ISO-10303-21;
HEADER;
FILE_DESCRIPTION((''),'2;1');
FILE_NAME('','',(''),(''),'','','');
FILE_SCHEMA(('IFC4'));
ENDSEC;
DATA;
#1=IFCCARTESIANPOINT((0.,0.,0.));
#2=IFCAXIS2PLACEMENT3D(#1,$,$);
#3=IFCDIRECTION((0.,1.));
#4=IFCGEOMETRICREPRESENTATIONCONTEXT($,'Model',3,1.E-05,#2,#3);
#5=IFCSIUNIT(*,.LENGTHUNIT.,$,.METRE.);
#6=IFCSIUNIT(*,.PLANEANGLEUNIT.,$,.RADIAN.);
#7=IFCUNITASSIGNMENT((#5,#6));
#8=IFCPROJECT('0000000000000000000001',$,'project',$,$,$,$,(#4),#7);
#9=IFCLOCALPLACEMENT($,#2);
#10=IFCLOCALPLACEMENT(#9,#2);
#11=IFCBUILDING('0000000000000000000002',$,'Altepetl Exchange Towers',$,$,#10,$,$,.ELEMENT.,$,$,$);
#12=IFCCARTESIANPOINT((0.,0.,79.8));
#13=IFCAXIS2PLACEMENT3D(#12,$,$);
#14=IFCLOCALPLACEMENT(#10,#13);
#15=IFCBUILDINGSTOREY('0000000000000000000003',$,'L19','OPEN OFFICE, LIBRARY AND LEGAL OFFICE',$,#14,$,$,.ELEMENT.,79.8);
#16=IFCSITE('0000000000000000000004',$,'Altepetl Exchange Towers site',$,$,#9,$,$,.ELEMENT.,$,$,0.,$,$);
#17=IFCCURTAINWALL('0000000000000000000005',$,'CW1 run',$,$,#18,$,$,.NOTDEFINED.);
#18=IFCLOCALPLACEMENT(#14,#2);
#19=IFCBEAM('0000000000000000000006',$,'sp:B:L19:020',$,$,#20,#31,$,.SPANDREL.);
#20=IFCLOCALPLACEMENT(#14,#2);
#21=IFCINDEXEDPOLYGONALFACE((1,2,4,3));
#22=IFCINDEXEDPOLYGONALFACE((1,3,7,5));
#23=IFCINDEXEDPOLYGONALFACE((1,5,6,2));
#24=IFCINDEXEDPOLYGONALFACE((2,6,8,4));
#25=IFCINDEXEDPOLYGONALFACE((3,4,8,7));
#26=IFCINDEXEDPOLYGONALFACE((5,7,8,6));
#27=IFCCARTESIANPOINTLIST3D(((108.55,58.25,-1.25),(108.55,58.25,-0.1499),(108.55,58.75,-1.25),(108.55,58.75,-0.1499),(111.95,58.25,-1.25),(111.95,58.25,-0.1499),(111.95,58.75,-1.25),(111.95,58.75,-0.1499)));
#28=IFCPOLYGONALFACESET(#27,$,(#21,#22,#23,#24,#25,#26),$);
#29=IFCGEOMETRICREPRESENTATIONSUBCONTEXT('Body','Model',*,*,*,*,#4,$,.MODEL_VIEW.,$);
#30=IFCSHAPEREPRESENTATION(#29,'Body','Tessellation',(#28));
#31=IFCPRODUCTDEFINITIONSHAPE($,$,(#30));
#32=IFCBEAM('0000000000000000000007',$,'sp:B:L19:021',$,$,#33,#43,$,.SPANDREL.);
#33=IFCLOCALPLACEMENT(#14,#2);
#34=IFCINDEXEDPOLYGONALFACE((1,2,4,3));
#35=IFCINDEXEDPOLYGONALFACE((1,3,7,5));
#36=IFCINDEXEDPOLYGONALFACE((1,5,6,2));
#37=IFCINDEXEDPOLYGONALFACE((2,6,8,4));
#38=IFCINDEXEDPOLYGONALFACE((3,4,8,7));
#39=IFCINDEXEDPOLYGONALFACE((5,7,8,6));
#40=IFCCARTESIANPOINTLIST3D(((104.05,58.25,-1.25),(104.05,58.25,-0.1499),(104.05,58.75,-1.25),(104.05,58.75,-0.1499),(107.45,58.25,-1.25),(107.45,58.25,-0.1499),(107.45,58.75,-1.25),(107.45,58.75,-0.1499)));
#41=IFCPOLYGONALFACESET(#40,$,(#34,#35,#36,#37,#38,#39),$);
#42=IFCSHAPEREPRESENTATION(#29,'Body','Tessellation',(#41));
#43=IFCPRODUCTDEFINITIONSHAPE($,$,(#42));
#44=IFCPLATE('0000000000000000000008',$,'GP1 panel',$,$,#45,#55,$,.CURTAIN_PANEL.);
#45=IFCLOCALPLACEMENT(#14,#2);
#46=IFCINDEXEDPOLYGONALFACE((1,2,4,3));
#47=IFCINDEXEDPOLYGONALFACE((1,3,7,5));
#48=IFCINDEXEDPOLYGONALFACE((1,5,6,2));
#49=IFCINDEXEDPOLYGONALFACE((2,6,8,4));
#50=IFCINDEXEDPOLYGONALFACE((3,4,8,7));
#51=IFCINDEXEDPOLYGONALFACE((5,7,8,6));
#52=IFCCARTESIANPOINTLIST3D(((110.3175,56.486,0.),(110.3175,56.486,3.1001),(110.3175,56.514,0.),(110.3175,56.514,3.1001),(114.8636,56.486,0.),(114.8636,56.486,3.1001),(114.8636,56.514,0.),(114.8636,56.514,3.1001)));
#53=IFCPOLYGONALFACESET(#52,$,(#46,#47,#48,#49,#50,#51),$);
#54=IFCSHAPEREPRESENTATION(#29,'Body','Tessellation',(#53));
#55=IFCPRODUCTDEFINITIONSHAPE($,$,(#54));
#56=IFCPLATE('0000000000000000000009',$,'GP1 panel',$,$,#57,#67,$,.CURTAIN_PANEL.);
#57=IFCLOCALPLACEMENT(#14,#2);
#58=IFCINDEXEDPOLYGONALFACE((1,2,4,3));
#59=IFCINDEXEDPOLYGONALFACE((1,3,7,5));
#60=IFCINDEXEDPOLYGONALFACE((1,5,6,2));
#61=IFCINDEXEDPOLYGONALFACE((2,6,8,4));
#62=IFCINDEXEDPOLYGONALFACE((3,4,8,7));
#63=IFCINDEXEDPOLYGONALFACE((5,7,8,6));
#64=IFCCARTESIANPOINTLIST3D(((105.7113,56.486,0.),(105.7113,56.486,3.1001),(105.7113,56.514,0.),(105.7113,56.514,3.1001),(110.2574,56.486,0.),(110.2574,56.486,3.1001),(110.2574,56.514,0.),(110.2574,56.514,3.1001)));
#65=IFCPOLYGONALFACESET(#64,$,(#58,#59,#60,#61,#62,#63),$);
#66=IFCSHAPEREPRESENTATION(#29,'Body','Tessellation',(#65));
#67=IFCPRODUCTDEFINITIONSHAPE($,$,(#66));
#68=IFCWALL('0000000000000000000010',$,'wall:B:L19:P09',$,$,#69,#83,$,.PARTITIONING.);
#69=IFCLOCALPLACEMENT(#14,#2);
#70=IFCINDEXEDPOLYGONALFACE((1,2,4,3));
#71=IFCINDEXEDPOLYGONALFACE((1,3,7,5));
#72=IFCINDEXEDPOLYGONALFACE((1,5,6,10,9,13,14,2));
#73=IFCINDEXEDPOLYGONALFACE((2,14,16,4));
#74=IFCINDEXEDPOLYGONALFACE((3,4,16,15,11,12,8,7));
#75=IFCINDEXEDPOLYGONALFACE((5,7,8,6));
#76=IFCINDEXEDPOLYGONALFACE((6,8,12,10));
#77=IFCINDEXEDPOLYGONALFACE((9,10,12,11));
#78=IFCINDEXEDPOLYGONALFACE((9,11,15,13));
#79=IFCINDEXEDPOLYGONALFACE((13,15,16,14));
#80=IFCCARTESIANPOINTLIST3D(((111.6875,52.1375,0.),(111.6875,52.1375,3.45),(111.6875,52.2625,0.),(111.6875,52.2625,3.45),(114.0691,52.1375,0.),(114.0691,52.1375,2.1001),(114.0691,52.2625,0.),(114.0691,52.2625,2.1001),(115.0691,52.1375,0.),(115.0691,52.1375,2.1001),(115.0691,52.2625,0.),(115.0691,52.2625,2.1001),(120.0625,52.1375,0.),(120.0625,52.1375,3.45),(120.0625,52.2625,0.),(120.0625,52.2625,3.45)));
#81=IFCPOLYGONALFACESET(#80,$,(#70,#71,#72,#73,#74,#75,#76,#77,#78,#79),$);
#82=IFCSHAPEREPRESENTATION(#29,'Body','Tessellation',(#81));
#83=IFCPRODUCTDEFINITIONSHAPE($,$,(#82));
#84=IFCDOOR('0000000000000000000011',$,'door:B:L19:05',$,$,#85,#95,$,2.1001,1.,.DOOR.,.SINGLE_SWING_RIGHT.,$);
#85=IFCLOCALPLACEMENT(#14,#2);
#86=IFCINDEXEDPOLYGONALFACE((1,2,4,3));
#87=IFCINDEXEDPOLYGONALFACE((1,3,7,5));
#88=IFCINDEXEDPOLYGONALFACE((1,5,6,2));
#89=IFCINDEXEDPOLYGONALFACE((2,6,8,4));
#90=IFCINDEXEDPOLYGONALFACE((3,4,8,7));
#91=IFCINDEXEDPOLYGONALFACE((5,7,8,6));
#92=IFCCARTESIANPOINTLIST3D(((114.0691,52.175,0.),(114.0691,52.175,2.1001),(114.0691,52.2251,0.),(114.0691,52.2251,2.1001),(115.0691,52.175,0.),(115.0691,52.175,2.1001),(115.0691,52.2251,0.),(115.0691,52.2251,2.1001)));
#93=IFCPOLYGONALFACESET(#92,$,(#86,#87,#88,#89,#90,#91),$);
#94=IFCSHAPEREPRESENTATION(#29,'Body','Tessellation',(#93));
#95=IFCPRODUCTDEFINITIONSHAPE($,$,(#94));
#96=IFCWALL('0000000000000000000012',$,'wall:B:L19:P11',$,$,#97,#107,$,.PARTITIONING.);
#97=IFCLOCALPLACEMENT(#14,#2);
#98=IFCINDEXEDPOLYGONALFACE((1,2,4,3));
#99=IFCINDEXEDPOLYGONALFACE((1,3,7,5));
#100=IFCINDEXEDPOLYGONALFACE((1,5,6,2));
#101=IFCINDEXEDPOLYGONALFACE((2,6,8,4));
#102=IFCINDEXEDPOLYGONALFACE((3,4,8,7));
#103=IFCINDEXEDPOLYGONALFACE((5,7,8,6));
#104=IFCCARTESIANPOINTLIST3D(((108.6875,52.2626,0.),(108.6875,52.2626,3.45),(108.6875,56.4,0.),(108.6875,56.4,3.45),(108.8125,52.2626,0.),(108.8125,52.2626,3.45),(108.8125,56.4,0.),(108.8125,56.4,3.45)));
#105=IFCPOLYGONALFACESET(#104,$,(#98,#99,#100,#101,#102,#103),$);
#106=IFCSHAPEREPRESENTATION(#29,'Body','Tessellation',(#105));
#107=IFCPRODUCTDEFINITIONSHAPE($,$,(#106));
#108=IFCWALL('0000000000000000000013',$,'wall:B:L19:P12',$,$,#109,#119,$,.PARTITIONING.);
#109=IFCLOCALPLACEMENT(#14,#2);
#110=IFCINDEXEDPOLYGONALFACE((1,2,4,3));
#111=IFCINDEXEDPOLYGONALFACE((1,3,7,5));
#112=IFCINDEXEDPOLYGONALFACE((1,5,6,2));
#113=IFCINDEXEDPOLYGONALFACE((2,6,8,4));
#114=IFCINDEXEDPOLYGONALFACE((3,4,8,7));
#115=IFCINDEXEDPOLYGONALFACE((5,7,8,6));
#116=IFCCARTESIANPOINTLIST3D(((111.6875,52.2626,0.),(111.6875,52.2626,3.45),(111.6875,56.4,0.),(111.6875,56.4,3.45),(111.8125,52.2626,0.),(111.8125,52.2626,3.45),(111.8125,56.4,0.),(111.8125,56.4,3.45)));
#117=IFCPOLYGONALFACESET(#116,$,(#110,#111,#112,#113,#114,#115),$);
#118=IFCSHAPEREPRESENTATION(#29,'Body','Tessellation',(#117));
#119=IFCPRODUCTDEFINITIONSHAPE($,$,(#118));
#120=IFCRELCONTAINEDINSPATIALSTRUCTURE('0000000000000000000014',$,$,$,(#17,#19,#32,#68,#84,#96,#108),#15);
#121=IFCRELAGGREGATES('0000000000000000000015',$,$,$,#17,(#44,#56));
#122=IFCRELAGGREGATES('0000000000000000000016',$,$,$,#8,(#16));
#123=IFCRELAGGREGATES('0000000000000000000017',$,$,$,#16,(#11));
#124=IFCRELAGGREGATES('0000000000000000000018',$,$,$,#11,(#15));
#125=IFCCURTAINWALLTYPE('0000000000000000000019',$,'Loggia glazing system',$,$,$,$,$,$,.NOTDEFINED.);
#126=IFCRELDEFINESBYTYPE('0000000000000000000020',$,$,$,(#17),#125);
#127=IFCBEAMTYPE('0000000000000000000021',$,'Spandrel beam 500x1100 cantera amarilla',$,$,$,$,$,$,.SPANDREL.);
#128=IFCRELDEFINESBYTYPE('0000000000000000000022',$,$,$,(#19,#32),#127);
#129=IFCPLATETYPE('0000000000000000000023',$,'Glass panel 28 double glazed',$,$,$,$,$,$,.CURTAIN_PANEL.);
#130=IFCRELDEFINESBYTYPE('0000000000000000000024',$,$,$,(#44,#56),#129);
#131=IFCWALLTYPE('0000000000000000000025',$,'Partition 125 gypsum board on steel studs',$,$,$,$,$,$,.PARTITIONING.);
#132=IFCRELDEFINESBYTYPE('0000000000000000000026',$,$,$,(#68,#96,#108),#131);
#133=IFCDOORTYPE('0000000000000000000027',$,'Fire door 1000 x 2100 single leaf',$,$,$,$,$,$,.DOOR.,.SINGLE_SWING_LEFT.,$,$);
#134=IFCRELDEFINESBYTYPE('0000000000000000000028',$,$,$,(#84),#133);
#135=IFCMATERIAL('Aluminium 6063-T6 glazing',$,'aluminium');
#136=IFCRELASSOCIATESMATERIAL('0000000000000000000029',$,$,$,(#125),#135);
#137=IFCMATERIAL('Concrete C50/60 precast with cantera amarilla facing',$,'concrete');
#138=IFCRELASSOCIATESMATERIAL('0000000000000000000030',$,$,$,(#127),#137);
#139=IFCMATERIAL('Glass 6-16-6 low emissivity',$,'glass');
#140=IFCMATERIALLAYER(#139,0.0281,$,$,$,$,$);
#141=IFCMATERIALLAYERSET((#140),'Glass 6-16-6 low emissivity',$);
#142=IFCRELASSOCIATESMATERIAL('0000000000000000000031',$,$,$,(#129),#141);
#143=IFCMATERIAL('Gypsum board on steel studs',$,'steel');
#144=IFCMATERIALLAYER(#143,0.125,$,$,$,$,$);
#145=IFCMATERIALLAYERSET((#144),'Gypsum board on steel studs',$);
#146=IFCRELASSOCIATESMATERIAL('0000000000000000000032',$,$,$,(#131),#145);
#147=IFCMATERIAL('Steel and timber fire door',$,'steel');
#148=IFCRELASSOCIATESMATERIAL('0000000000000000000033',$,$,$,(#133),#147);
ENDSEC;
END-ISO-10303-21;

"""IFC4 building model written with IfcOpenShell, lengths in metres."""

from ifc_helpers import new_model, si_unit, direction, frame, frame_2d, origin, origin_2d, place, context, subcontext, project, spatial, rectangle, extrude, material, layer, layer_set, material_profile, profile_set, type_object, element, fill, aggregate, save


model = new_model("IFC4")

# Units and contexts
model_context = context("Model", 3, precision=1e-05, world=origin(), true_north=direction((0.0, 1.0)))
body_context = subcontext(model_context, "Body", "Model", "MODEL_VIEW")
ifc_project = project(units=[si_unit("LENGTHUNIT", "METRE"), si_unit("PLANEANGLEUNIT", "RADIAN")], contexts=[model_context])

# Site, building, storey
site_placement = place(None, origin())
site = spatial("IfcSite", under=ifc_project, at=site_placement, Name="Altepetl Exchange Towers site", CompositionType="ELEMENT", RefElevation=0.0)
building_placement = place(site_placement, origin())
building = spatial("IfcBuilding", under=site, at=building_placement, Name="Altepetl Exchange Towers", CompositionType="ELEMENT")
storey_placement = place(building_placement, frame((0.0, 0.0, 79.8)))
storey = spatial("IfcBuildingStorey", under=building, at=storey_placement, Name="L19", Description="OPEN OFFICE, LIBRARY AND LEGAL OFFICE", CompositionType="ELEMENT", Elevation=79.8)

# Curtain wall
ifc_material_1 = material(Name="Aluminium 6063-T6 glazing", Category="aluminium")
curtain_wall_type = type_object("IfcCurtainWallType", Name="Loggia glazing system", PredefinedType="NOTDEFINED", material=ifc_material_1)
curtain_wall_placement = place(storey_placement, origin())
curtain_wall = element("IfcCurtainWall", 1, at=curtain_wall_placement, inside=storey, type_object=curtain_wall_type, Name="CW1 run", PredefinedType="NOTDEFINED")

# Beams
ifc_material_2 = material(Name="Concrete C50/60 precast with cantera amarilla facing", Category="concrete")
ifc_material_profile_1 = material_profile(ifc_material_2, rectangle(XDim=0.5, YDim=1.1001, at=origin_2d()), Name="500 x 1100")
ifc_profile_set_1 = profile_set([ifc_material_profile_1], Name="Concrete C50/60 precast with cantera amarilla facing")
beam_type_1 = type_object("IfcBeamType", Name="Spandrel beam 500x1100 cantera amarilla", PredefinedType="SPANDREL", material=ifc_profile_set_1)
for number, where, z_axis, x_axis, name in (
    (2, (111.95, 58.5, -0.7), (-1.0, 0.0, 0.0), (0.0, -1.0, 0.0), "sp:B:L19:020"),
    (3, (107.45, 58.5, -0.7), (-1.0, 0.0, 0.0), (0.0, -1.0, 0.0), "sp:B:L19:021"),
):
    element("IfcBeam", number, at=place(storey_placement, frame(where, z_axis=z_axis, x_axis=x_axis)), inside=storey, type_object=beam_type_1, Name=name, PredefinedType="SPANDREL", context=body_context, shape_type="SweptSolid", body=[
        extrude(rectangle(XDim=0.5, YDim=1.1001, at=origin_2d()), origin(), (0.0, 0.0, 1.0), 3.3999),
    ])

# Plates
ifc_material_3 = material(Name="Glass 6-16-6 low emissivity", Category="glass")
ifc_layer_1 = layer(ifc_material_3, 0.0281)
ifc_layer_set_1 = layer_set([ifc_layer_1], Name="Glass 6-16-6 low emissivity")
plate_type = type_object("IfcPlateType", Name="Glass panel 28 double glazed", PredefinedType="CURTAIN_PANEL", material=ifc_layer_set_1)
plate_1_placement = place(storey_placement, frame((112.5906, 56.5, 0.0), z_axis=(0.0, 0.0, 1.0), x_axis=(-1.0, 0.0, 0.0)))
plate_1 = element("IfcPlate", 4, at=plate_1_placement, type_object=plate_type, Name="GP1 panel", PredefinedType="CURTAIN_PANEL", context=body_context, shape_type="SweptSolid", body=[
    extrude(rectangle(XDim=4.5461, YDim=0.0281, at=origin_2d()), origin(), (0.0, 0.0, 1.0), 3.1001),
])
plate_2_placement = place(storey_placement, frame((107.9844, 56.5, 0.0), z_axis=(0.0, 0.0, 1.0), x_axis=(-1.0, 0.0, 0.0)))
plate_2 = element("IfcPlate", 5, at=plate_2_placement, type_object=plate_type, Name="GP1 panel", PredefinedType="CURTAIN_PANEL", context=body_context, shape_type="SweptSolid", body=[
    extrude(rectangle(XDim=4.5461, YDim=0.0281, at=origin_2d()), origin(), (0.0, 0.0, 1.0), 3.1001),
])
aggregate(curtain_wall, [plate_1, plate_2])

# Wall, opening, door
ifc_material_4 = material(Name="Gypsum board on steel studs", Category="steel")
ifc_layer_2 = layer(ifc_material_4, 0.125)
ifc_layer_set_2 = layer_set([ifc_layer_2], Name="Gypsum board on steel studs")
wall_type = type_object("IfcWallType", Name="Partition 125 gypsum board on steel studs", PredefinedType="PARTITIONING", material=ifc_layer_set_2)
wall_placement = place(storey_placement, frame((111.6875, 52.2, 0.0)))
wall = element("IfcWall", 6, at=wall_placement, inside=storey, type_object=wall_type, Name="wall:B:L19:P09", PredefinedType="PARTITIONING", context=body_context, shape_type="SweptSolid", body=[
    extrude(rectangle(XDim=8.375, YDim=0.125, at=frame_2d((4.1875, 0.0))), origin(), (0.0, 0.0, 1.0), 3.45),
])
opening_placement = place(wall_placement, frame((2.3816, 0.0, 0.0)))
opening = element("IfcOpeningElement", 7, at=opening_placement, cuts=wall, PredefinedType="OPENING", context=body_context, shape_type="SweptSolid", body=[
    extrude(rectangle(XDim=1.0, YDim=2.1001, at=frame_2d((0.5, 1.05))), frame((0.0, 0.0725, 0.0), z_axis=(0.0, -1.0, 0.0), x_axis=(1.0, 0.0, 0.0)), (0.0, 0.0, 1.0), 0.145),
])
ifc_material_5 = material(Name="Steel and timber fire door", Category="steel")
door_type = type_object("IfcDoorType", Name="Fire door 1000 x 2100 single leaf", OperationType="SINGLE_SWING_LEFT", PredefinedType="DOOR", material=ifc_material_5)
door_placement = place(opening_placement, frame((1.0, 0.0, 0.0), x_axis=(-1.0, 0.0, 0.0)))
door = element("IfcDoor", 8, at=door_placement, inside=storey, type_object=door_type, Name="door:B:L19:05", OperationType="SINGLE_SWING_RIGHT", OverallHeight=2.1001, OverallWidth=1.0, PredefinedType="DOOR", context=body_context, shape_type="SweptSolid", body=[
    extrude(rectangle(XDim=1.0, YDim=2.1001, at=frame_2d((0.5, 1.05))), frame((0.0, 0.0249, 0.0), z_axis=(0.0, -1.0, 0.0), x_axis=(1.0, 0.0, 0.0)), (0.0, 0.0, 1.0), 0.05),
])
fill(opening, door)

# Walls
for number, where, z_axis, x_axis, name in (
    (9, (108.75, 52.2625, 0.0), (0.0, 0.0, 1.0), (0.0, 1.0, 0.0), "wall:B:L19:P11"),
    (10, (111.75, 52.2625, 0.0), (0.0, 0.0, 1.0), (0.0, 1.0, 0.0), "wall:B:L19:P12"),
):
    element("IfcWall", number, at=place(storey_placement, frame(where, z_axis=z_axis, x_axis=x_axis)), inside=storey, type_object=wall_type, Name=name, PredefinedType="PARTITIONING", context=body_context, shape_type="SweptSolid", body=[
        extrude(rectangle(XDim=4.1375, YDim=0.125, at=frame_2d((2.0688, 0.0))), origin(), (0.0, 0.0, 1.0), 3.45),
    ])

save(model, "model.ifc")
